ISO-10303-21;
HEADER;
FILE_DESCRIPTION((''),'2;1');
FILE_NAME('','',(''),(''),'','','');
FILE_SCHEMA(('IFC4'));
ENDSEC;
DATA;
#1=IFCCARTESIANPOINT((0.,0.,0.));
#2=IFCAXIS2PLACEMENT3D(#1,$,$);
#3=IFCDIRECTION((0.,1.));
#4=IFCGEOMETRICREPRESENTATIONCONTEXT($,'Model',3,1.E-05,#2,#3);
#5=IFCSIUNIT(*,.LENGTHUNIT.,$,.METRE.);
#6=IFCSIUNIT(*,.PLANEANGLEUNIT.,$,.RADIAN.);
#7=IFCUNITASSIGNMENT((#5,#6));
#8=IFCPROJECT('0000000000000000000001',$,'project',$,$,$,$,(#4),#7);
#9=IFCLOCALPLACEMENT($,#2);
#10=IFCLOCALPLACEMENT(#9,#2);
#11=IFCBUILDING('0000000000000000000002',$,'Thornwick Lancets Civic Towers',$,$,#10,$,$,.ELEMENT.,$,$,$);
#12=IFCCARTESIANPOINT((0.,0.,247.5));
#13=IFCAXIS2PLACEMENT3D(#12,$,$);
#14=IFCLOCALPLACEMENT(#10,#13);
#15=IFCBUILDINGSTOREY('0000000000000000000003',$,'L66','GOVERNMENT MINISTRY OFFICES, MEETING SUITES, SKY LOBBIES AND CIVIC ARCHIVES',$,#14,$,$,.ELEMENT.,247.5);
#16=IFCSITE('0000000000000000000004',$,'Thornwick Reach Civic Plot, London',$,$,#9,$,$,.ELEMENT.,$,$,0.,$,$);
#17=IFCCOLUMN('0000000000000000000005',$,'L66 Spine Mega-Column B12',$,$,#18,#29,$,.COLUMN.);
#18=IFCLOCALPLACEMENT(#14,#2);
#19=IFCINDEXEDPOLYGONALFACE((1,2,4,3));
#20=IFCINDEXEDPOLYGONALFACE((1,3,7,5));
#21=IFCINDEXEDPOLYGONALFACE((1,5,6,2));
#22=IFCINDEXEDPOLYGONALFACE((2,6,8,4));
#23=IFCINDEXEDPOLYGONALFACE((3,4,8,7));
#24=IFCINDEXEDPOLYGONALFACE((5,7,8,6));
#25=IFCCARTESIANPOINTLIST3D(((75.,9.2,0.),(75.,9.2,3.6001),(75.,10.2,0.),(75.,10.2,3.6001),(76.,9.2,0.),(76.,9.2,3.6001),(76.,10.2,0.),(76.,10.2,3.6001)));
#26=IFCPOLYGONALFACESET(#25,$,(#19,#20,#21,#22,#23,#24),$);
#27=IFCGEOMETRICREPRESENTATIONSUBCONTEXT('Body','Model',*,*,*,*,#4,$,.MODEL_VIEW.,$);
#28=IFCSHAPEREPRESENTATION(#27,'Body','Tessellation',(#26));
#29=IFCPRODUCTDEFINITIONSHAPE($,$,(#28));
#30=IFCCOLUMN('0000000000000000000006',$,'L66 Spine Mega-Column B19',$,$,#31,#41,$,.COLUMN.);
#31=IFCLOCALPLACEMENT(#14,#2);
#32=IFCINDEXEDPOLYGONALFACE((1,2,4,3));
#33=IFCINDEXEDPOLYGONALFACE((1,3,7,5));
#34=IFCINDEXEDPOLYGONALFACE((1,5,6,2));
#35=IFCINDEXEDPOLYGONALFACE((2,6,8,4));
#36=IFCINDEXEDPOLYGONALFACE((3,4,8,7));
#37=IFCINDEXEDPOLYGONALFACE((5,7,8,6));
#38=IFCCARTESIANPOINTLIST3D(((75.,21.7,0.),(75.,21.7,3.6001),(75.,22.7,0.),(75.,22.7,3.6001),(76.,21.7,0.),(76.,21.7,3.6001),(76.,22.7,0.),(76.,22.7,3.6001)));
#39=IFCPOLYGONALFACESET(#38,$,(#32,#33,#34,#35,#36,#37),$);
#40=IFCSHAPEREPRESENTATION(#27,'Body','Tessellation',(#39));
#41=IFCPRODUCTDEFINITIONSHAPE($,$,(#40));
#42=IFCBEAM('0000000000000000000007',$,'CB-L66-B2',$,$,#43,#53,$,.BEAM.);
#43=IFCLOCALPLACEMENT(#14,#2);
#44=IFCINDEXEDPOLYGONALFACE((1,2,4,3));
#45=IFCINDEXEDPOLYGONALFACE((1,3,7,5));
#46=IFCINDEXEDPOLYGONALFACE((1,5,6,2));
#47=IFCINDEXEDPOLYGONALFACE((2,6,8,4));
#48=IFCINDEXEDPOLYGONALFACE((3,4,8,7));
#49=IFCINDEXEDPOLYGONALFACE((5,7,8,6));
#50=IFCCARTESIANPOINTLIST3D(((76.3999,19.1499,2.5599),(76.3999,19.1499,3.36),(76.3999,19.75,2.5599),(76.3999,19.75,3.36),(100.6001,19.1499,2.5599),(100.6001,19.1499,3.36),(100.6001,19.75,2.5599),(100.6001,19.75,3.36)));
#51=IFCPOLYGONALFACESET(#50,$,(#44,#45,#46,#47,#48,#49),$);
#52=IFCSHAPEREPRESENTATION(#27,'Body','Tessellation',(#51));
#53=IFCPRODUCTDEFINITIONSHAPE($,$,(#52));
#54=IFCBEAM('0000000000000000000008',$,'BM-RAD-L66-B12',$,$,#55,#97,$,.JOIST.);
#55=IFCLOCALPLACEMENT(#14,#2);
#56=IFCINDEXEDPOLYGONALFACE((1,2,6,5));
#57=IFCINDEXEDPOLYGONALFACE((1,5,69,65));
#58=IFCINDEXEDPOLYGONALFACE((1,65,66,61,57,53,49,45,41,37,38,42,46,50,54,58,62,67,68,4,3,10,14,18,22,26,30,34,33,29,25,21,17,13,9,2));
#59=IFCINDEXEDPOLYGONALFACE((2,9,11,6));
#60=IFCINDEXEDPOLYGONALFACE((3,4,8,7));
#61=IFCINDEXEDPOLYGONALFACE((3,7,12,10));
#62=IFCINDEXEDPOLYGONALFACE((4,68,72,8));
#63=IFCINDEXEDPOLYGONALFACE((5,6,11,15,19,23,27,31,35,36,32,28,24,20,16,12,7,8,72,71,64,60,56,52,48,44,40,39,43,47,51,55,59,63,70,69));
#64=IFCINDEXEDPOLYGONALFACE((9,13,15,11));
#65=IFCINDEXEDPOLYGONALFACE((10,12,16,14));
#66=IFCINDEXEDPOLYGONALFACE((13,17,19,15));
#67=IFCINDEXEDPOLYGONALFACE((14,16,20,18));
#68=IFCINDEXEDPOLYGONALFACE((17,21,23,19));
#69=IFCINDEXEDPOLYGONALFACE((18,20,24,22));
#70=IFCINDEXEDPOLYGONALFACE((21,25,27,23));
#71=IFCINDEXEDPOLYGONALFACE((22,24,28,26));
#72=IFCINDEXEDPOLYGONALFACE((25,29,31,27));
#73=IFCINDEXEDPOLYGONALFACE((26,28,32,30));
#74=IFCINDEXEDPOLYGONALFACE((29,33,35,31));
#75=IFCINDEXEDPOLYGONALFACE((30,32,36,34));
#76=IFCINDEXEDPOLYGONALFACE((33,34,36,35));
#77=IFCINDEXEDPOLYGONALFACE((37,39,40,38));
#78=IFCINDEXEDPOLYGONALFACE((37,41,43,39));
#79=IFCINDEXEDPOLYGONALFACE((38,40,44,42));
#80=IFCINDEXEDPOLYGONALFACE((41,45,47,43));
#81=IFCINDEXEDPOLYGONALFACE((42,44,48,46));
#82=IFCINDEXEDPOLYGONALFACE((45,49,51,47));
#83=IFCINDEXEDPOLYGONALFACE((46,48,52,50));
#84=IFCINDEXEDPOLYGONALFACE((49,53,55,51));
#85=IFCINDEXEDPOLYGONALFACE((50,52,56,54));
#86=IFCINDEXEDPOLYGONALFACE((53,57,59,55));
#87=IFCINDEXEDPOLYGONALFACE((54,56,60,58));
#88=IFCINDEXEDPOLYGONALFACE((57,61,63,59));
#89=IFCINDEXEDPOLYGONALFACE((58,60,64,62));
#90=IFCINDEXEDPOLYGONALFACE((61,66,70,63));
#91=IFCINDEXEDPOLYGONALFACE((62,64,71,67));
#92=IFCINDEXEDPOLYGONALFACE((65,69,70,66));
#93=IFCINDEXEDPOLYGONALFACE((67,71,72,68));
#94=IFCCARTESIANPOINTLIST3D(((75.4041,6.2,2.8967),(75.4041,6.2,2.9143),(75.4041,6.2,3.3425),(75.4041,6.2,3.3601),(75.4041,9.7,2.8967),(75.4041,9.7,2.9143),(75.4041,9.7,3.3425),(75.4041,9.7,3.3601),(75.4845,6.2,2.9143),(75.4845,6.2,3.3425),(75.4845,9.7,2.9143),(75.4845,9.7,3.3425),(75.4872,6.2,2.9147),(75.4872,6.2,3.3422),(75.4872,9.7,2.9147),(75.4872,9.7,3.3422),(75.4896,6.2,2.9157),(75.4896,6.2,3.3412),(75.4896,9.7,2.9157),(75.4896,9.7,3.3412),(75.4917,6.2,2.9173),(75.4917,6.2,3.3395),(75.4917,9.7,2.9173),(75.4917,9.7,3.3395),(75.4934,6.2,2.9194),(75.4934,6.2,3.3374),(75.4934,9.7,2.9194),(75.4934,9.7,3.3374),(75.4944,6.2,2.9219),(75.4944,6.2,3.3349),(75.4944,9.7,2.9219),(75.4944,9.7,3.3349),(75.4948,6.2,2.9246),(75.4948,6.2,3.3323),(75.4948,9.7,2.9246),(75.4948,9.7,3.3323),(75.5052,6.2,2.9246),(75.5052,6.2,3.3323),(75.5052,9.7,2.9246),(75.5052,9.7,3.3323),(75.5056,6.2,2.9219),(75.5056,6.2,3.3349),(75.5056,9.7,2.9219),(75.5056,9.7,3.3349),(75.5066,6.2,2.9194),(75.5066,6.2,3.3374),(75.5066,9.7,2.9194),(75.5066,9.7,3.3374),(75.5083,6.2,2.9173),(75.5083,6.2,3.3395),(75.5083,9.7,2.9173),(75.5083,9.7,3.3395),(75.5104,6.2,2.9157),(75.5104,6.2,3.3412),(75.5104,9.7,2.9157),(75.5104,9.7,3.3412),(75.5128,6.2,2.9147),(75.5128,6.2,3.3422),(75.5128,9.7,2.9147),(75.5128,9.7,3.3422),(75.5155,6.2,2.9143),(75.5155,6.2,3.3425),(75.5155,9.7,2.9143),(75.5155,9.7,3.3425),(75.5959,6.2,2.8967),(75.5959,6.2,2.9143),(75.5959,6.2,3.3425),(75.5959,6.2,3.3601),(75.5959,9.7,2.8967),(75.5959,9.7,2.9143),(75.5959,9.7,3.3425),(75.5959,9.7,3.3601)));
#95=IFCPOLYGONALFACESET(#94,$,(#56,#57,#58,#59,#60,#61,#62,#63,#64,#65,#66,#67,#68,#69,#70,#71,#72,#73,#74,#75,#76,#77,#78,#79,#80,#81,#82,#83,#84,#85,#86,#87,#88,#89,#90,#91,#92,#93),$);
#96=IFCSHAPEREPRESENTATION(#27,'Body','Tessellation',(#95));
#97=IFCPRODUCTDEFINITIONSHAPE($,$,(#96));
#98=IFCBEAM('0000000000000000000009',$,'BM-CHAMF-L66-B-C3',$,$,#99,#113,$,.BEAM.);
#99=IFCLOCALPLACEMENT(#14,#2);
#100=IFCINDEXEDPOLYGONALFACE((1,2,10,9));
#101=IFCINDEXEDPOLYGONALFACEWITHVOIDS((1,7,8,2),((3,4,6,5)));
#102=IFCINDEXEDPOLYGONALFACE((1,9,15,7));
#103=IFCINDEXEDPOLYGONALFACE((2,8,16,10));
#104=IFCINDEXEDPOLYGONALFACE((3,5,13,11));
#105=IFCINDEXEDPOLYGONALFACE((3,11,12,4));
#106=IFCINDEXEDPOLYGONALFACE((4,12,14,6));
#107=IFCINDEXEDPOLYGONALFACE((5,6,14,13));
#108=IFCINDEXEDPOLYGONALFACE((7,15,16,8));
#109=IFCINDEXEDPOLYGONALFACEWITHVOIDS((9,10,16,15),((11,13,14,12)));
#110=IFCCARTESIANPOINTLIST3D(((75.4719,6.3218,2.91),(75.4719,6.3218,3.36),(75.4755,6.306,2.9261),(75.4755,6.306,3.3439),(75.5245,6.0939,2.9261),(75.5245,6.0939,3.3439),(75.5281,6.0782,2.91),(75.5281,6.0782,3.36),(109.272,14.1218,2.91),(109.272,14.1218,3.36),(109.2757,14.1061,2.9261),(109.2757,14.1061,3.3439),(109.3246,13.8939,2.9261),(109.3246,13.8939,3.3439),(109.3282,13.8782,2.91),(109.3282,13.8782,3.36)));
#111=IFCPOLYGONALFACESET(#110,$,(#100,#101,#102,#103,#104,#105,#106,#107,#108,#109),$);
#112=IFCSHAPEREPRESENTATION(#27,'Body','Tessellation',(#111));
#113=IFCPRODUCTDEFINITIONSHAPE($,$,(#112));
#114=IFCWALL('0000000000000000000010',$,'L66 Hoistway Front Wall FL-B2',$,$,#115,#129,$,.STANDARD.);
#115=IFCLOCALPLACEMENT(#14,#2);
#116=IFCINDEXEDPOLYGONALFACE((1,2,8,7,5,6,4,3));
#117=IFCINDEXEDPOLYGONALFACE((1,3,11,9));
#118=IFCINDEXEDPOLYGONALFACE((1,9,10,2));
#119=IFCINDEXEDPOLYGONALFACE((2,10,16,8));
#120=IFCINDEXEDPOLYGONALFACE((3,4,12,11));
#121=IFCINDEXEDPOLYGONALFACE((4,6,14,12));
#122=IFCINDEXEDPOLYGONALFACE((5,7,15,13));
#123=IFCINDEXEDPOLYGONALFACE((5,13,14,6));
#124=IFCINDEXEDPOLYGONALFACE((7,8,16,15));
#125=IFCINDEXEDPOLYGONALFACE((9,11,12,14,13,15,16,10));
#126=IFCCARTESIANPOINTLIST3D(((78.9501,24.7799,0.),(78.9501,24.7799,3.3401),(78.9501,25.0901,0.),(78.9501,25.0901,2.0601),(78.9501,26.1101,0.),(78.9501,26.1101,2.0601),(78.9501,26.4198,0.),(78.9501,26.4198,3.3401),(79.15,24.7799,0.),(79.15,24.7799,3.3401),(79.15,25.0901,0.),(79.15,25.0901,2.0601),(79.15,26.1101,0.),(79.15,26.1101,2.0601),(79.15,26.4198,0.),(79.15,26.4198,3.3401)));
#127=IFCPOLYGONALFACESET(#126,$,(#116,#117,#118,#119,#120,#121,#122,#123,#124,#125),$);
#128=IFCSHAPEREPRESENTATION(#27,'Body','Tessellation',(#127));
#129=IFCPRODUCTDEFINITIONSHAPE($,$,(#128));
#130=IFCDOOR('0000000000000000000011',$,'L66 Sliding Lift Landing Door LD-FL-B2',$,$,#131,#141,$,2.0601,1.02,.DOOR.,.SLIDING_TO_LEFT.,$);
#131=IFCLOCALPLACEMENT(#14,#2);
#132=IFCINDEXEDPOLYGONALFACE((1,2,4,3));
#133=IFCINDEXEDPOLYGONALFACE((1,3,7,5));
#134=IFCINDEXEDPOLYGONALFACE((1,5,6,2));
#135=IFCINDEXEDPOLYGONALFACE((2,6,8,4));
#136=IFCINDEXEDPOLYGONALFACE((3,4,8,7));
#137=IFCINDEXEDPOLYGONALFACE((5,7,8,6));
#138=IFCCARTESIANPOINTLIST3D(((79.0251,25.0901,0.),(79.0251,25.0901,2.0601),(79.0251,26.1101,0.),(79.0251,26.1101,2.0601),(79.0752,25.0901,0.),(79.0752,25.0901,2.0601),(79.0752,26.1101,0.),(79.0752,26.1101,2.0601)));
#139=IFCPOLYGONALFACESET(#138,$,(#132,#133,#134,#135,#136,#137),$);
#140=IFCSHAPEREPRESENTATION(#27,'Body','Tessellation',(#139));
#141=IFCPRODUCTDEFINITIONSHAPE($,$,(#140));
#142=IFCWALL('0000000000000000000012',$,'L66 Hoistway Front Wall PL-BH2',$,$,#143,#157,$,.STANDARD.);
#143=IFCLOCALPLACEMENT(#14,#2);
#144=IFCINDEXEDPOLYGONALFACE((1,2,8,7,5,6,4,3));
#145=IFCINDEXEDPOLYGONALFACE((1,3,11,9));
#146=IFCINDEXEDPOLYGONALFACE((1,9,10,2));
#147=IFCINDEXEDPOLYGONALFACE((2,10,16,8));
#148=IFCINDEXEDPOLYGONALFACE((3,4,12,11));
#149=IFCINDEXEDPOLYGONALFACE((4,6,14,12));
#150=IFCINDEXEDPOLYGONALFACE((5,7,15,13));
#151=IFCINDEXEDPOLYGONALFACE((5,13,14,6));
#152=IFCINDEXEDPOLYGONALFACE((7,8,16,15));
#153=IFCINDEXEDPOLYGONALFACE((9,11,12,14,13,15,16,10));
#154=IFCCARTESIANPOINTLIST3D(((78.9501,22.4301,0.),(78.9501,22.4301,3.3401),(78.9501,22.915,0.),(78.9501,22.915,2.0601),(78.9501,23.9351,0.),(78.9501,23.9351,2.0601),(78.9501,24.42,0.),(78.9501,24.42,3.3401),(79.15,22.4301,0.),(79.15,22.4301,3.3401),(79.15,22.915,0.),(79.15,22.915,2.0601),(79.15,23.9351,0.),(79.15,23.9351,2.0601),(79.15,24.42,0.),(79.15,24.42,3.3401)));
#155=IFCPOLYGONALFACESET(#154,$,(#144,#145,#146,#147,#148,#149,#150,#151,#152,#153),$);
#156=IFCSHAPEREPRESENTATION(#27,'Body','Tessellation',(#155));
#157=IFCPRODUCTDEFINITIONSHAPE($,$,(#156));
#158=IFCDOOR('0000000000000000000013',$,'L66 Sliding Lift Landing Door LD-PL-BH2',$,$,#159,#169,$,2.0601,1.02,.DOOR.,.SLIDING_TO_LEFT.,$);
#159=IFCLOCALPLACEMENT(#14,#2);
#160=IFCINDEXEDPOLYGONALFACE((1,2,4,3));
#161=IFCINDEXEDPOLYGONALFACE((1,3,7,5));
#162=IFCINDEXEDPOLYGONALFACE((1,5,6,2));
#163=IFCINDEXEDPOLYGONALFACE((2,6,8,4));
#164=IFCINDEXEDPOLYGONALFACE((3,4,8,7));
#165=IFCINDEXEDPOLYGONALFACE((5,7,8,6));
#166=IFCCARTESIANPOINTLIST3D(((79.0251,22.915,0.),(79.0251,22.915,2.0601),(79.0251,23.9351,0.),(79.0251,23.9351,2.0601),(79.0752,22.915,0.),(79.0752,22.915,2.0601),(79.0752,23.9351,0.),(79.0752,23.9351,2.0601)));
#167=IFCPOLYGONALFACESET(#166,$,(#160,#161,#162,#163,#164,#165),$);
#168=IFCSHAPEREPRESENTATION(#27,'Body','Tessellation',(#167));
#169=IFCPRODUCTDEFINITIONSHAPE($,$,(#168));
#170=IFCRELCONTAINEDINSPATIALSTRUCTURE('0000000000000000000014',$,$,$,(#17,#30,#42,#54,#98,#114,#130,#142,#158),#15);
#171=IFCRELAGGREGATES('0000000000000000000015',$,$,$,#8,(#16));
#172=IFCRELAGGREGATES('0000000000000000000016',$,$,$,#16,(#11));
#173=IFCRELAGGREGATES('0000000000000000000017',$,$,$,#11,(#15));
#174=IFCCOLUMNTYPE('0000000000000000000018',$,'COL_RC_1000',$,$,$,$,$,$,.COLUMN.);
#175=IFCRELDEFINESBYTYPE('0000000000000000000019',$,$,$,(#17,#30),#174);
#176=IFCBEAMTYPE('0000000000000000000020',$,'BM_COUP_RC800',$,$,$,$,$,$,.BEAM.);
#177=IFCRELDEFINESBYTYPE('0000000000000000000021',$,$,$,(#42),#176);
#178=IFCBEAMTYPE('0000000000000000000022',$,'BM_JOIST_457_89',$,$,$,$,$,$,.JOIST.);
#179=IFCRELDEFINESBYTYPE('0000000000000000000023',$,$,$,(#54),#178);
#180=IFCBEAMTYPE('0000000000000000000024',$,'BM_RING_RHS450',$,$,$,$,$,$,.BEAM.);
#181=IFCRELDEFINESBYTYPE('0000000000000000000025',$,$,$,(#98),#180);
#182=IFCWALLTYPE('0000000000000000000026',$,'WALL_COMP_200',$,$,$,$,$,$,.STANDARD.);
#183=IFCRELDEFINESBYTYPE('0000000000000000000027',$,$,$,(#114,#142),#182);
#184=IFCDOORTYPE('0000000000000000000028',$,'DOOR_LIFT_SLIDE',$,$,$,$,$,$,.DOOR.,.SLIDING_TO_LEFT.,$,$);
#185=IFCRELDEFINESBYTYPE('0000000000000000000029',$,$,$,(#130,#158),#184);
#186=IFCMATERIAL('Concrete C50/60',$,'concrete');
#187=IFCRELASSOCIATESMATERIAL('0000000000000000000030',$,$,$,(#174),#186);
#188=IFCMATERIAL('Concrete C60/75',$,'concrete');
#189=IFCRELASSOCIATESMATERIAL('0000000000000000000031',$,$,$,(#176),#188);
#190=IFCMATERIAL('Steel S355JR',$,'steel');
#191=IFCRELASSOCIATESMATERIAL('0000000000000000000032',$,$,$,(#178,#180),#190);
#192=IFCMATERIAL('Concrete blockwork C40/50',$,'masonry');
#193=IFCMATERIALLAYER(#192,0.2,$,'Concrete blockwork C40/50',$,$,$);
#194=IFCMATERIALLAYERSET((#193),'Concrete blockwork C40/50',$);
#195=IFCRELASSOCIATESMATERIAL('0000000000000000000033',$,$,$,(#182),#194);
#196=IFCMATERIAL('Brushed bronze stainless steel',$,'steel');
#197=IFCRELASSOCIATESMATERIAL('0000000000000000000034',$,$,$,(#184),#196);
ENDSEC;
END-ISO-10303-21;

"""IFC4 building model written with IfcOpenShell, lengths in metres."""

from ifc_helpers import new_model, si_unit, direction, frame, frame_2d, origin, origin_2d, place, context, subcontext, project, spatial, rectangle, hollow_rectangle, i_section, extrude, material, layer, layer_set, material_profile, profile_set, type_object, element, fill, save


model = new_model("IFC4")

# Units and contexts
model_context = context("Model", 3, precision=1e-05, world=origin(), true_north=direction((0.0, 1.0)))
body_context = subcontext(model_context, "Body", "Model", "MODEL_VIEW")
ifc_project = project(units=[si_unit("LENGTHUNIT", "METRE"), si_unit("PLANEANGLEUNIT", "RADIAN")], contexts=[model_context])

# Site, building, storey
site_placement = place(None, origin())
site = spatial("IfcSite", under=ifc_project, at=site_placement, Name="Thornwick Reach Civic Plot, London", CompositionType="ELEMENT", RefElevation=0.0)
building_placement = place(site_placement, origin())
building = spatial("IfcBuilding", under=site, at=building_placement, Name="Thornwick Lancets Civic Towers", CompositionType="ELEMENT")
storey_placement = place(building_placement, frame((0.0, 0.0, 247.5)))
storey = spatial("IfcBuildingStorey", under=building, at=storey_placement, Name="L66", Description="GOVERNMENT MINISTRY OFFICES, MEETING SUITES, SKY LOBBIES AND CIVIC ARCHIVES", CompositionType="ELEMENT", Elevation=247.5)

# Columns
ifc_material_1 = material(Name="Concrete C50/60", Category="concrete")
ifc_material_profile_1 = material_profile(ifc_material_1, rectangle(XDim=1.0, YDim=1.0, at=origin_2d()), Name="RC 1000x1000")
ifc_profile_set_1 = profile_set([ifc_material_profile_1], Name="Concrete C50/60")
column_type = type_object("IfcColumnType", Name="COL_RC_1000", PredefinedType="COLUMN", material=ifc_profile_set_1)
for number, where, z_axis, x_axis, name in (
    (1, (75.5, 9.7, 0.0), (0.0, 0.0, 1.0), (1.0, 0.0, 0.0), "L66 Spine Mega-Column B12"),
    (2, (75.5, 22.2, 0.0), (0.0, 0.0, 1.0), (1.0, 0.0, 0.0), "L66 Spine Mega-Column B19"),
):
    element("IfcColumn", number, at=place(storey_placement, frame(where, z_axis=z_axis, x_axis=x_axis)), inside=storey, type_object=column_type, Name=name, PredefinedType="COLUMN", context=body_context, shape_type="SweptSolid", body=[
        extrude(rectangle(XDim=1.0, YDim=1.0, at=origin_2d()), origin(), (0.0, 0.0, 1.0), 3.6001),
    ])

# Beams
ifc_material_2 = material(Name="Concrete C60/75", Category="concrete")
ifc_material_profile_2 = material_profile(ifc_material_2, rectangle(XDim=0.6001, YDim=0.8, at=origin_2d()), Name="RC 600x800")
ifc_profile_set_2 = profile_set([ifc_material_profile_2], Name="Concrete C60/75")
beam_type_1 = type_object("IfcBeamType", Name="BM_COUP_RC800", PredefinedType="BEAM", material=ifc_profile_set_2)
beam_1_placement = place(storey_placement, frame((76.3999, 19.45, 2.96), z_axis=(1.0, 0.0, 0.0), x_axis=(0.0, 1.0, 0.0)))
element("IfcBeam", 3, at=beam_1_placement, inside=storey, type_object=beam_type_1, Name="CB-L66-B2", PredefinedType="BEAM", context=body_context, shape_type="SweptSolid", body=[
    extrude(rectangle(XDim=0.6001, YDim=0.8, at=origin_2d()), origin(), (0.0, 0.0, 1.0), 24.2002),
])
ifc_material_3 = material(Name="Steel S355JR", Category="steel")
ifc_material_profile_3 = material_profile(ifc_material_3, i_section(OverallWidth=0.1919, OverallDepth=0.4634, WebThickness=0.0105, FlangeThickness=0.0176, FilletRadius=0.0103, at=origin_2d()), Name="UKB 457x191x89")
ifc_profile_set_3 = profile_set([ifc_material_profile_3], Name="Steel S355JR")
beam_type_2 = type_object("IfcBeamType", Name="BM_JOIST_457_89", PredefinedType="JOIST", material=ifc_profile_set_3)
beam_2_placement = place(storey_placement, frame((75.5, 9.7, 3.1284), z_axis=(0.0, -1.0, 0.0), x_axis=(1.0, 0.0, 0.0)))
element("IfcBeam", 4, at=beam_2_placement, inside=storey, type_object=beam_type_2, Name="BM-RAD-L66-B12", PredefinedType="JOIST", context=body_context, shape_type="SweptSolid", body=[
    extrude(i_section(OverallWidth=0.1919, OverallDepth=0.4634, WebThickness=0.0105, FlangeThickness=0.0176, FilletRadius=0.0103, at=origin_2d()), origin(), (0.0, 0.0, 1.0), 3.5),
])
ifc_material_profile_4 = material_profile(ifc_material_3, hollow_rectangle(XDim=0.25, YDim=0.45, WallThickness=0.0161, at=origin_2d()), Name="RHS 450x250x16")
ifc_profile_set_4 = profile_set([ifc_material_profile_4], Name="Steel S355JR")
beam_type_3 = type_object("IfcBeamType", Name="BM_RING_RHS450", PredefinedType="BEAM", material=ifc_profile_set_4)
beam_3_placement = place(storey_placement, frame((75.5, 6.2, 3.135), z_axis=(0.974391, 0.224861, 0.0), x_axis=(-0.224861, 0.974391, 0.0)))
element("IfcBeam", 5, at=beam_3_placement, inside=storey, type_object=beam_type_3, Name="BM-CHAMF-L66-B-C3", PredefinedType="BEAM", context=body_context, shape_type="SweptSolid", body=[
    extrude(hollow_rectangle(XDim=0.25, YDim=0.45, WallThickness=0.0161, at=origin_2d()), origin(), (0.0, 0.0, 1.0), 34.6885),
])

# Walls, openings, doors
ifc_material_4 = material(Name="Concrete blockwork C40/50", Category="masonry")
ifc_layer_1 = layer(ifc_material_4, 0.2, Name="Concrete blockwork C40/50")
ifc_layer_set_1 = layer_set([ifc_layer_1], Name="Concrete blockwork C40/50")
wall_type_1 = type_object("IfcWallType", Name="WALL_COMP_200", PredefinedType="STANDARD", material=ifc_layer_set_1)
wall_1_placement = place(storey_placement, frame((79.05, 24.78, 0.0), z_axis=(0.0, 0.0, 1.0), x_axis=(0.0, 1.0, 0.0)))
wall_1 = element("IfcWall", 6, at=wall_1_placement, inside=storey, type_object=wall_type_1, Name="L66 Hoistway Front Wall FL-B2", PredefinedType="STANDARD", context=body_context, shape_type="SweptSolid", body=[
    extrude(rectangle(XDim=1.6399, YDim=0.2, at=frame_2d((0.8198, 0.0))), origin(), (0.0, 0.0, 1.0), 3.3401),
])
opening_1_placement = place(wall_1_placement, frame((0.3101, 0.0, 0.0)))
opening_1 = element("IfcOpeningElement", 7, at=opening_1_placement, cuts=wall_1, PredefinedType="OPENING", context=body_context, shape_type="SweptSolid", body=[
    extrude(rectangle(XDim=1.02, YDim=2.0601, at=frame_2d((0.51, 1.03))), frame((0.0, 0.1099, 0.0), z_axis=(0.0, -1.0, 0.0), x_axis=(1.0, 0.0, 0.0)), (0.0, 0.0, 1.0), 0.22),
])
ifc_material_5 = material(Name="Brushed bronze stainless steel", Category="steel")
door_type = type_object("IfcDoorType", Name="DOOR_LIFT_SLIDE", OperationType="SLIDING_TO_LEFT", PredefinedType="DOOR", material=ifc_material_5)
door_1_placement = place(opening_1_placement, origin())
door_1 = element("IfcDoor", 8, at=door_1_placement, inside=storey, type_object=door_type, Name="L66 Sliding Lift Landing Door LD-FL-B2", OperationType="SLIDING_TO_LEFT", OverallHeight=2.0601, OverallWidth=1.02, PredefinedType="DOOR", context=body_context, shape_type="SweptSolid", body=[
    extrude(rectangle(XDim=1.02, YDim=2.0601, at=frame_2d((0.51, 1.03))), frame((0.0, 0.0249, 0.0), z_axis=(0.0, -1.0, 0.0), x_axis=(1.0, 0.0, 0.0)), (0.0, 0.0, 1.0), 0.05),
])
fill(opening_1, door_1)
wall_2_placement = place(storey_placement, frame((79.05, 22.4299, 0.0), z_axis=(0.0, 0.0, 1.0), x_axis=(0.0, 1.0, 0.0)))
wall_2 = element("IfcWall", 9, at=wall_2_placement, inside=storey, type_object=wall_type_1, Name="L66 Hoistway Front Wall PL-BH2", PredefinedType="STANDARD", context=body_context, shape_type="SweptSolid", body=[
    extrude(rectangle(XDim=1.99, YDim=0.2, at=frame_2d((0.9951, 0.0))), origin(), (0.0, 0.0, 1.0), 3.3401),
])
opening_2_placement = place(wall_2_placement, frame((0.4851, 0.0, 0.0)))
opening_2 = element("IfcOpeningElement", 10, at=opening_2_placement, cuts=wall_2, PredefinedType="OPENING", context=body_context, shape_type="SweptSolid", body=[
    extrude(rectangle(XDim=1.02, YDim=2.0601, at=frame_2d((0.51, 1.03))), frame((0.0, 0.1099, 0.0), z_axis=(0.0, -1.0, 0.0), x_axis=(1.0, 0.0, 0.0)), (0.0, 0.0, 1.0), 0.22),
])
door_2_placement = place(opening_2_placement, origin())
door_2 = element("IfcDoor", 11, at=door_2_placement, inside=storey, type_object=door_type, Name="L66 Sliding Lift Landing Door LD-PL-BH2", OperationType="SLIDING_TO_LEFT", OverallHeight=2.0601, OverallWidth=1.02, PredefinedType="DOOR", context=body_context, shape_type="SweptSolid", body=[
    extrude(rectangle(XDim=1.02, YDim=2.0601, at=frame_2d((0.51, 1.03))), frame((0.0, 0.0249, 0.0), z_axis=(0.0, -1.0, 0.0), x_axis=(1.0, 0.0, 0.0)), (0.0, 0.0, 1.0), 0.05),
])
fill(opening_2, door_2)

save(model, "model.ifc")
